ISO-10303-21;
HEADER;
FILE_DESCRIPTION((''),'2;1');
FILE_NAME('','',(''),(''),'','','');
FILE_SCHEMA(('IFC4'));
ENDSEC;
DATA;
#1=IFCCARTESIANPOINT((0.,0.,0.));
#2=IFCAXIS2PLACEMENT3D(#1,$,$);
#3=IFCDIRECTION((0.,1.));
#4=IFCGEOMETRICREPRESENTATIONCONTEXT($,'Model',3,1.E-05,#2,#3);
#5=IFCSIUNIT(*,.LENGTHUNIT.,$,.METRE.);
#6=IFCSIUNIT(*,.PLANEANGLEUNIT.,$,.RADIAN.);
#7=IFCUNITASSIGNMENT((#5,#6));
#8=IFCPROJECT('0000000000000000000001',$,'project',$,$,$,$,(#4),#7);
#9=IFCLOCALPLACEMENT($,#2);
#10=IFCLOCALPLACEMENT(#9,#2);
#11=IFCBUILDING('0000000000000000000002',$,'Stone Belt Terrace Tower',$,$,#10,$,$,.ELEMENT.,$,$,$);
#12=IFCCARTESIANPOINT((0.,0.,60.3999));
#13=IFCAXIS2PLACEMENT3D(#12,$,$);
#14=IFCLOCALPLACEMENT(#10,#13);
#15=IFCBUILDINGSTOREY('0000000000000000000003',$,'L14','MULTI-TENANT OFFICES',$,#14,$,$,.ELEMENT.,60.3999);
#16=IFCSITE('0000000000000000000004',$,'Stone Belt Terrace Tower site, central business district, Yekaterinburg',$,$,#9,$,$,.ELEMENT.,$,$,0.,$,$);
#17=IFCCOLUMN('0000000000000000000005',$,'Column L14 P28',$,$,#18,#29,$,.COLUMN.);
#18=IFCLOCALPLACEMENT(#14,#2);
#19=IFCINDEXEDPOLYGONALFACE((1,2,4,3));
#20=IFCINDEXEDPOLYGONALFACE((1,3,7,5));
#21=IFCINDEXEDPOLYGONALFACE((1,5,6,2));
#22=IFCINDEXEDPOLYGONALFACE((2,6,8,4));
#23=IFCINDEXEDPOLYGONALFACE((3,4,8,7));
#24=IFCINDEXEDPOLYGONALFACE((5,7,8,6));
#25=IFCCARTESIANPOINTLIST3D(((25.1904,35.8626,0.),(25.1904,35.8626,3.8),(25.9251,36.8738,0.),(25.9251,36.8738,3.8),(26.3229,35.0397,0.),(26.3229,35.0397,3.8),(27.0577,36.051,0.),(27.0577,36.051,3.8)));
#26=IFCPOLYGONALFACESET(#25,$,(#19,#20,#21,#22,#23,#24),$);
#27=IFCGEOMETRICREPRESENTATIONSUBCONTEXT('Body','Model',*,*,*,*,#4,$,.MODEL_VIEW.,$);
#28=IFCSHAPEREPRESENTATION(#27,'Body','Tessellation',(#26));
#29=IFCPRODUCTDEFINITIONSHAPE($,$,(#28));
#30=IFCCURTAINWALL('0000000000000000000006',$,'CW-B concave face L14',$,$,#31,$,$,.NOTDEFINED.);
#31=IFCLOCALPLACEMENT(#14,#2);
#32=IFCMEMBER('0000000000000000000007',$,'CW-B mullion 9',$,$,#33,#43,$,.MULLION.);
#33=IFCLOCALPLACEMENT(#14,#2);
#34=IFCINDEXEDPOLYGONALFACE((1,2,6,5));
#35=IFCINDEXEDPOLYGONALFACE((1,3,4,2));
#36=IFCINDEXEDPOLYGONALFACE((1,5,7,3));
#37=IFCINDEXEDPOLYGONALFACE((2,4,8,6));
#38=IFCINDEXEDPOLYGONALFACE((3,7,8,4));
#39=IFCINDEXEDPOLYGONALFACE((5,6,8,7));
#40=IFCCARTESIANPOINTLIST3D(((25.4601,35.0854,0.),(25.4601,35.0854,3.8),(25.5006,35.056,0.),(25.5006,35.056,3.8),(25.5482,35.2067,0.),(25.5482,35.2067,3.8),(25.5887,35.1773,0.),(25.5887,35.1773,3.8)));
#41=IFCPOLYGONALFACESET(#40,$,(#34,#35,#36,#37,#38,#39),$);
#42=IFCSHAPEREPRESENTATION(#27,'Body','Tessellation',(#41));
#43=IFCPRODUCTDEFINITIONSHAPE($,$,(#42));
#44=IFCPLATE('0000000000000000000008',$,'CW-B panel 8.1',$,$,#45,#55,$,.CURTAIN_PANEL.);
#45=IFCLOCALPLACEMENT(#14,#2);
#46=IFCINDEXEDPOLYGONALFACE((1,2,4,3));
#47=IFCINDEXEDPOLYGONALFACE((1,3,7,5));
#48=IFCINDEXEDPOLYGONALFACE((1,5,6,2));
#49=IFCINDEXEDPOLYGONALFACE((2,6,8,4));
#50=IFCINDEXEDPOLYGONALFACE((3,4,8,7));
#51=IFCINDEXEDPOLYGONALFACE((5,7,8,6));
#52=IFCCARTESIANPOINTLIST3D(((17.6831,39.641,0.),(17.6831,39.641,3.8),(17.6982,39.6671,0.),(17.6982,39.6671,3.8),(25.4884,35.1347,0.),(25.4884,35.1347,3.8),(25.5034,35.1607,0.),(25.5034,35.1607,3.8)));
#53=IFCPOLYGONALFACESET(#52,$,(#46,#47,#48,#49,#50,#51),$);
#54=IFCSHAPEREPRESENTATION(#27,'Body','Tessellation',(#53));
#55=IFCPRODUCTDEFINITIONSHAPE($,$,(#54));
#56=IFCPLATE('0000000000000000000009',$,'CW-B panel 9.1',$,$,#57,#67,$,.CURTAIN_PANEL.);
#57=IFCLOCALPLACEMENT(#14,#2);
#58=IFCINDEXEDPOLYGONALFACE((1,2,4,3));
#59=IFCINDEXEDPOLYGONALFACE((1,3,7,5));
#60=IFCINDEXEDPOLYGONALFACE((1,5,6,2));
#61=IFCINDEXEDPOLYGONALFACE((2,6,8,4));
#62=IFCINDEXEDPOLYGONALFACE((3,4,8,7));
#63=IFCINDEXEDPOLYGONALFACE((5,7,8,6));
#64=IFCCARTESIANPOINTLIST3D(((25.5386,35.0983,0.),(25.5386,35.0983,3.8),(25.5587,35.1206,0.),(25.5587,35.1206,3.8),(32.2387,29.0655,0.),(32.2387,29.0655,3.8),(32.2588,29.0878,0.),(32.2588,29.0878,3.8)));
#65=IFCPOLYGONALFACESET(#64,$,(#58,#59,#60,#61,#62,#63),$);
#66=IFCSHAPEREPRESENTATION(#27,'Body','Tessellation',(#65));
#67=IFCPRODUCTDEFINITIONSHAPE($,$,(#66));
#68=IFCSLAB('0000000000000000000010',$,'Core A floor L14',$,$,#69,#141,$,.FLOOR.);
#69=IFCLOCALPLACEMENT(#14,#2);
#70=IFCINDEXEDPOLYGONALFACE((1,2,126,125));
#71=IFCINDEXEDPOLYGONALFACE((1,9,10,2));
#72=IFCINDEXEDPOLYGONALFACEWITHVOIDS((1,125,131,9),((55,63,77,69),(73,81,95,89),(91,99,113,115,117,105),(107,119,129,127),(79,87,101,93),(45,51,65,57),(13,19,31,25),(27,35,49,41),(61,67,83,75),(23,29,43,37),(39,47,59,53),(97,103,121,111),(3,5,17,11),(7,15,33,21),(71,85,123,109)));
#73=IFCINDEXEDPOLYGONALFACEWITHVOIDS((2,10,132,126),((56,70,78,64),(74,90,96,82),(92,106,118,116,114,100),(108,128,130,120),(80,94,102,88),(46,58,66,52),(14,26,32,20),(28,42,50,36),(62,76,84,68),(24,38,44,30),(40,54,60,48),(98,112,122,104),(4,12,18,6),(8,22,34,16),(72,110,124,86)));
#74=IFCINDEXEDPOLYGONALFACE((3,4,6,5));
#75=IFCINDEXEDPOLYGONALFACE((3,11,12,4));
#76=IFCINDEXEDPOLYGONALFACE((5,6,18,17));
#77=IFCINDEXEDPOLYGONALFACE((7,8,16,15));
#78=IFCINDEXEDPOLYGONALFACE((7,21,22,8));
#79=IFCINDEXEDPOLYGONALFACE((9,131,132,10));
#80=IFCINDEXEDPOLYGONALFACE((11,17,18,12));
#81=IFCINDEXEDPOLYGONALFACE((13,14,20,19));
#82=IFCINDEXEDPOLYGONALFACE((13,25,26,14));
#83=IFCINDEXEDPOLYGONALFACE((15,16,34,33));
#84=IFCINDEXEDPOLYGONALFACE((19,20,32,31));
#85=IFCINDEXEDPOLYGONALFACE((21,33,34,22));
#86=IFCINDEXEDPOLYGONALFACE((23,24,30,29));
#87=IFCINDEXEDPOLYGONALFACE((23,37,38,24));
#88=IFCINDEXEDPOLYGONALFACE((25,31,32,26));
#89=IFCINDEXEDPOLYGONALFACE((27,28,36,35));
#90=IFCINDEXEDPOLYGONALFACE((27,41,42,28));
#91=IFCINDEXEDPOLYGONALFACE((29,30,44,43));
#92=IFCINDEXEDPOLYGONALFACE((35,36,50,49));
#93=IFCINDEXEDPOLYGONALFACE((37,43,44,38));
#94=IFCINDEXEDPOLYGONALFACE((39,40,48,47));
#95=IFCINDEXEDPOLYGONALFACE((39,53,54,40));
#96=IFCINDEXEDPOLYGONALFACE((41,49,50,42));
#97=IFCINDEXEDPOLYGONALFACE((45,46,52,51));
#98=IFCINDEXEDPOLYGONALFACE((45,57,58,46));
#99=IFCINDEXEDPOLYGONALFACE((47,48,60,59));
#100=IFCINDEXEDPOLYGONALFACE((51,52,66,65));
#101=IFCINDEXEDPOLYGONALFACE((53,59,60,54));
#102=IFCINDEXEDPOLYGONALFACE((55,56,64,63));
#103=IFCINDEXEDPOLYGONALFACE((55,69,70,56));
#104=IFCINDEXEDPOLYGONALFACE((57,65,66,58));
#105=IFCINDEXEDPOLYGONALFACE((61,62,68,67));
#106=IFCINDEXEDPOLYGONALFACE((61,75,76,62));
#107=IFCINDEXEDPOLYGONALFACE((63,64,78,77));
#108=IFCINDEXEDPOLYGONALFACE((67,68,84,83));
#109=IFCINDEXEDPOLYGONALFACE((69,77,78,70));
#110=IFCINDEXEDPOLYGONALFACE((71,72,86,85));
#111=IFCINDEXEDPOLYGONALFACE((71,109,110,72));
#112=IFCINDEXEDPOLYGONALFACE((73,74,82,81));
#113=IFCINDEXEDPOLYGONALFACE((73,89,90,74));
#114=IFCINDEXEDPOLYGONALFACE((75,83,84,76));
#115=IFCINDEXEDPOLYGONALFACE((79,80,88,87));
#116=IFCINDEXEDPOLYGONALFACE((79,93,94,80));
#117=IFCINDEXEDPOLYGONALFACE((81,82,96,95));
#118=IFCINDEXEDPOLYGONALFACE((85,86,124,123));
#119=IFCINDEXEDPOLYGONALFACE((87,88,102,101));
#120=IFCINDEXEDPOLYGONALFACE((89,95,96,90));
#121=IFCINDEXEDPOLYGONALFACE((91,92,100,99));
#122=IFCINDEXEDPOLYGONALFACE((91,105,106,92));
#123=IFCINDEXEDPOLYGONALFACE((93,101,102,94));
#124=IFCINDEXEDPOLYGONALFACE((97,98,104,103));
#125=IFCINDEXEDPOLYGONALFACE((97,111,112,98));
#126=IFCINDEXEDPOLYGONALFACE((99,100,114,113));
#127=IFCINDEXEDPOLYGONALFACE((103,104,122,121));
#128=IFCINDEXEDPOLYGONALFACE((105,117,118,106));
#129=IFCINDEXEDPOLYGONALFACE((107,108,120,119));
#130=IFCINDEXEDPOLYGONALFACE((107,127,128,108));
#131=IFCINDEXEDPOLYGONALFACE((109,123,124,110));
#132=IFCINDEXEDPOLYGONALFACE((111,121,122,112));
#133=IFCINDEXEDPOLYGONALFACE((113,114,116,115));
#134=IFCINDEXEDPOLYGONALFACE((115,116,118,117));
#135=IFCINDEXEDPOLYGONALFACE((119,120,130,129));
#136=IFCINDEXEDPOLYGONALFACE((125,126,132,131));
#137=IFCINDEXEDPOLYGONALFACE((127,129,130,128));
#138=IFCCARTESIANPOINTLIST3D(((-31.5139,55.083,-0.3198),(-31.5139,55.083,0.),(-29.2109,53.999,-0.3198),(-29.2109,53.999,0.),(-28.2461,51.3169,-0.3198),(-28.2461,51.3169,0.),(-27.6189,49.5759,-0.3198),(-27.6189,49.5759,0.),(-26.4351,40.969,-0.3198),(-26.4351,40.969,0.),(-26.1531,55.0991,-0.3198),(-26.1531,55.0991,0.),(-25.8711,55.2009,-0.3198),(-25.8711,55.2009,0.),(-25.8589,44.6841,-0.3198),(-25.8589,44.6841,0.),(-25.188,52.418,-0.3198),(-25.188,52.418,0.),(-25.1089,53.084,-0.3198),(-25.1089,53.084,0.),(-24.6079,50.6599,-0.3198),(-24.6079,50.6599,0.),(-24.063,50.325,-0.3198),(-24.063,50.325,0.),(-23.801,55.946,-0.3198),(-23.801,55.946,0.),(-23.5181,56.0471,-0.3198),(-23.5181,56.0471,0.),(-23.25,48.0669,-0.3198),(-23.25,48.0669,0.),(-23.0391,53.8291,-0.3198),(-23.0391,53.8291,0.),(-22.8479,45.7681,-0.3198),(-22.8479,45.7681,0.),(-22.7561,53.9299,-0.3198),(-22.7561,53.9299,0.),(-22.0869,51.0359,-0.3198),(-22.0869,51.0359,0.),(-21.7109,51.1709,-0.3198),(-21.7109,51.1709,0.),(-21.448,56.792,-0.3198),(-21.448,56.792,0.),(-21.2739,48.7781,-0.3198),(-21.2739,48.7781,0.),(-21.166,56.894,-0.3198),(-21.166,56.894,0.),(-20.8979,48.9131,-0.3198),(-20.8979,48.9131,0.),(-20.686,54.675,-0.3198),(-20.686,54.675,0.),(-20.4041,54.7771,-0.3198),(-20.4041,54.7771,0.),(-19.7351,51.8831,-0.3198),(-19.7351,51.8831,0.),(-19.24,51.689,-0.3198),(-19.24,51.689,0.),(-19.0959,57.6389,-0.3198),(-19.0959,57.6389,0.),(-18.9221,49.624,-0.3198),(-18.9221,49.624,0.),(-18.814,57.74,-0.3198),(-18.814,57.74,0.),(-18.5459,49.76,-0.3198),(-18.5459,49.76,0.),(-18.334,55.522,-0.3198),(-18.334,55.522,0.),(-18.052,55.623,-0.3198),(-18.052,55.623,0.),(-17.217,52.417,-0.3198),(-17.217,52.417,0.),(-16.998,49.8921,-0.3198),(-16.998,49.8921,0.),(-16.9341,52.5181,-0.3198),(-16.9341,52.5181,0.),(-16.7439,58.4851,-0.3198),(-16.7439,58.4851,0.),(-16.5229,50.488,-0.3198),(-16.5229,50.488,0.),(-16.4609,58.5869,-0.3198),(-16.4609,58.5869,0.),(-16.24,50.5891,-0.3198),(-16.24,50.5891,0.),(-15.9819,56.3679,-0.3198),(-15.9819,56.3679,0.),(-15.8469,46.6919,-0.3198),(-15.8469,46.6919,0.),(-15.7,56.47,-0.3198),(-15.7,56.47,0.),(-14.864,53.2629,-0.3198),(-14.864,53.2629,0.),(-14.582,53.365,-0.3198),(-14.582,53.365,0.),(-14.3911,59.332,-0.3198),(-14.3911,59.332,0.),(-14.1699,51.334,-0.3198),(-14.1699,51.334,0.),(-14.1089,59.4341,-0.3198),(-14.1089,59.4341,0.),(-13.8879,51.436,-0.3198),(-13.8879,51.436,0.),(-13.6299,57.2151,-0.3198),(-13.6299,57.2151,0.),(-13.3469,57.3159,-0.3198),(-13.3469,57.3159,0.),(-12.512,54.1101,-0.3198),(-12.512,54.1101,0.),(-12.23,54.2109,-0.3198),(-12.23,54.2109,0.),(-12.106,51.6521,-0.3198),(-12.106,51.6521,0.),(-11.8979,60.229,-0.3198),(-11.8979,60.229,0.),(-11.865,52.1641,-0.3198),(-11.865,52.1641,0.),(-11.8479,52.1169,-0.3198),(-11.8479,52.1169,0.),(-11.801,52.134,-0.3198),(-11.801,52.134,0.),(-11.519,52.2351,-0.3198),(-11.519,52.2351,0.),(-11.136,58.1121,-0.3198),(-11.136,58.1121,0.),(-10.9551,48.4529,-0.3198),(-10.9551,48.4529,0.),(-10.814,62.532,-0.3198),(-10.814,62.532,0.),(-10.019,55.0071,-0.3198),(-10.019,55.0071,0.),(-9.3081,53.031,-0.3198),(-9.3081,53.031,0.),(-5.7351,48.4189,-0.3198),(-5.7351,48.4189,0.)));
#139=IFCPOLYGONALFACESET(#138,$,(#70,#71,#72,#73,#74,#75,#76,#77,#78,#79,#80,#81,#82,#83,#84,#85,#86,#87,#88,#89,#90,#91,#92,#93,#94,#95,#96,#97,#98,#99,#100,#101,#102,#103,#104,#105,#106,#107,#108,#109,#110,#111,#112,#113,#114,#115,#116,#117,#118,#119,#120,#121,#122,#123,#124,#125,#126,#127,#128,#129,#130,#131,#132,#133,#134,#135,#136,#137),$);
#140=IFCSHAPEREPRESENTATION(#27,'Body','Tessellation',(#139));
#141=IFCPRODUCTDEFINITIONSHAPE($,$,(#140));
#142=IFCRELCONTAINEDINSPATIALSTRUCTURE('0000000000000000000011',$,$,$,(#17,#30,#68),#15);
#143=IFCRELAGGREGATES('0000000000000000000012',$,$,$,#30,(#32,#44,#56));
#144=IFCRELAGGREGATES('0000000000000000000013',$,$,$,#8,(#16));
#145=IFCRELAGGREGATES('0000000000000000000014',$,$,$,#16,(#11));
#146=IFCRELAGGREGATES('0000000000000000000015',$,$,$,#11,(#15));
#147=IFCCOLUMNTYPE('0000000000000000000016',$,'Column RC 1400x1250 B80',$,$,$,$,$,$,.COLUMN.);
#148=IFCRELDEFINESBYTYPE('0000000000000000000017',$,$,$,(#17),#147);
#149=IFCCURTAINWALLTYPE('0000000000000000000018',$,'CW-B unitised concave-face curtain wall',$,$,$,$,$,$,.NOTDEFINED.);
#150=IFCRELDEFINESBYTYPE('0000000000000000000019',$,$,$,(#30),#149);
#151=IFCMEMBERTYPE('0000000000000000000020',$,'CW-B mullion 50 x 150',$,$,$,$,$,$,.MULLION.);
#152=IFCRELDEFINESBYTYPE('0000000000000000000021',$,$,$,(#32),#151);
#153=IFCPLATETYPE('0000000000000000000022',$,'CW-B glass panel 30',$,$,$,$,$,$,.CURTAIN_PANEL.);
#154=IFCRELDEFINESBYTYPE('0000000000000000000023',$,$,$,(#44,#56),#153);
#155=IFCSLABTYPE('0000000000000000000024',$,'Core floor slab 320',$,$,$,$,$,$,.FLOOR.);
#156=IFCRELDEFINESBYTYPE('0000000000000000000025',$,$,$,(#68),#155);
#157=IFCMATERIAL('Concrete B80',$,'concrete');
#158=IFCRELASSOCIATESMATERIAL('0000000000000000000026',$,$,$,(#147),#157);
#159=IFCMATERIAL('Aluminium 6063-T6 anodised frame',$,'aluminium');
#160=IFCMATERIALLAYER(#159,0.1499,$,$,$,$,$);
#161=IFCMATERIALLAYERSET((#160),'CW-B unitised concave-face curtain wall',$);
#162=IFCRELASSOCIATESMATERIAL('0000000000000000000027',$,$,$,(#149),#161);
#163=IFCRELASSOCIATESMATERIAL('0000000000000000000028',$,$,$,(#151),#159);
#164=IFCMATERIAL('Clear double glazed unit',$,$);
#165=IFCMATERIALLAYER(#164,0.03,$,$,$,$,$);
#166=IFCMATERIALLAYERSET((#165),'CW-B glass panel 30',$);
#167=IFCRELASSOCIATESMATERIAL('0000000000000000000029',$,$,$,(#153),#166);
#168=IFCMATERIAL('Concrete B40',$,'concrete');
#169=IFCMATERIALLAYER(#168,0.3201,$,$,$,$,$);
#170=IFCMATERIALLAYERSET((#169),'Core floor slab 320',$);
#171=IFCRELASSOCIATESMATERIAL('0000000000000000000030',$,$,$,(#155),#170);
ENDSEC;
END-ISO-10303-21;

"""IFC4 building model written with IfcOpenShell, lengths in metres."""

from ifc_helpers import new_model, si_unit, direction, frame, origin, origin_2d, place, context, subcontext, project, spatial, polyline, rectangle, outline, extrude, material, layer, layer_set, material_profile, profile_set, type_object, element, aggregate, save


model = new_model("IFC4")

# Units and contexts
model_context = context("Model", 3, precision=1e-05, world=origin(), true_north=direction((0.0, 1.0)))
body_context = subcontext(model_context, "Body", "Model", "MODEL_VIEW")
ifc_project = project(units=[si_unit("LENGTHUNIT", "METRE"), si_unit("PLANEANGLEUNIT", "RADIAN")], contexts=[model_context])

# Site, building, storey
site_placement = place(None, origin())
site = spatial("IfcSite", under=ifc_project, at=site_placement, Name="Stone Belt Terrace Tower site, central business district, Yekaterinburg", CompositionType="ELEMENT", RefElevation=0.0)
building_placement = place(site_placement, origin())
building = spatial("IfcBuilding", under=site, at=building_placement, Name="Stone Belt Terrace Tower", CompositionType="ELEMENT")
storey_placement = place(building_placement, frame((0.0, 0.0, 60.3999)))
storey = spatial("IfcBuildingStorey", under=building, at=storey_placement, Name="L14", Description="MULTI-TENANT OFFICES", CompositionType="ELEMENT", Elevation=60.3999)

# Column
ifc_material_1 = material(Name="Concrete B80", Category="concrete")
ifc_material_profile_1 = material_profile(ifc_material_1, rectangle(XDim=1.3999, YDim=1.25, at=origin_2d()), Name="RC 1400x1250")
ifc_profile_set_1 = profile_set([ifc_material_profile_1], Name="Concrete B80")
column_type = type_object("IfcColumnType", Name="Column RC 1400x1250 B80", PredefinedType="COLUMN", material=ifc_profile_set_1)
column_placement = place(storey_placement, frame((26.124, 35.9568, 0.0), z_axis=(0.0, 0.0, 1.0), x_axis=(0.809017, -0.587785, 0.0)))
element("IfcColumn", 1, at=column_placement, inside=storey, type_object=column_type, Name="Column L14 P28", PredefinedType="COLUMN", context=body_context, shape_type="SweptSolid", body=[
    extrude(rectangle(XDim=1.3999, YDim=1.25, at=origin_2d()), origin(), (0.0, 0.0, 1.0), 3.8),
])

# Curtain wall, member, plates
ifc_material_2 = material(Name="Aluminium 6063-T6 anodised frame", Category="aluminium")
ifc_layer_1 = layer(ifc_material_2, 0.1499)
ifc_layer_set_1 = layer_set([ifc_layer_1], Name="CW-B unitised concave-face curtain wall")
curtain_wall_type = type_object("IfcCurtainWallType", Name="CW-B unitised concave-face curtain wall", PredefinedType="NOTDEFINED", material=ifc_layer_set_1)
curtain_wall_placement = place(storey_placement, origin())
curtain_wall = element("IfcCurtainWall", 2, at=curtain_wall_placement, inside=storey, type_object=curtain_wall_type, Name="CW-B concave face L14", PredefinedType="NOTDEFINED")
ifc_material_profile_2 = material_profile(ifc_material_2, rectangle(XDim=0.1499, YDim=0.05, at=origin_2d()), Name="Aluminium 6063-T6 50x150")
ifc_profile_set_2 = profile_set([ifc_material_profile_2], Name="Aluminium 6063-T6 anodised frame")
member_type = type_object("IfcMemberType", Name="CW-B mullion 50 x 150", PredefinedType="MULLION", material=ifc_profile_set_2)
member_placement = place(storey_placement, frame((25.5244, 35.1313, 0.0), z_axis=(0.0, 0.0, 1.0), x_axis=(0.587785, 0.809017, 0.0)))
member = element("IfcMember", 3, at=member_placement, type_object=member_type, Name="CW-B mullion 9", PredefinedType="MULLION", context=body_context, shape_type="SweptSolid", body=[
    extrude(rectangle(XDim=0.1499, YDim=0.05, at=origin_2d()), origin(), (0.0, 0.0, 1.0), 3.8),
])
ifc_material_3 = material(Name="Clear double glazed unit")
ifc_layer_2 = layer(ifc_material_3, 0.03)
ifc_layer_set_2 = layer_set([ifc_layer_2], Name="CW-B glass panel 30")
plate_type = type_object("IfcPlateType", Name="CW-B glass panel 30", PredefinedType="CURTAIN_PANEL", material=ifc_layer_set_2)
plate_1_placement = place(storey_placement, frame((21.5933, 37.4009, 0.0), z_axis=(0.0, 0.0, 1.0), x_axis=(0.866025, -0.5, 0.0)))
plate_1 = element("IfcPlate", 4, at=plate_1_placement, type_object=plate_type, Name="CW-B panel 8.1", PredefinedType="CURTAIN_PANEL", context=body_context, shape_type="SweptSolid", body=[
    extrude(rectangle(XDim=9.0127, YDim=0.03, at=origin_2d()), origin(), (0.0, 0.0, 1.0), 3.8),
])
plate_2_placement = place(storey_placement, frame((28.8987, 32.093, 0.0), z_axis=(0.0, 0.0, 1.0), x_axis=(0.743145, -0.669131, 0.0)))
plate_2 = element("IfcPlate", 5, at=plate_2_placement, type_object=plate_type, Name="CW-B panel 9.1", PredefinedType="CURTAIN_PANEL", context=body_context, shape_type="SweptSolid", body=[
    extrude(rectangle(XDim=9.0159, YDim=0.03, at=origin_2d()), origin(), (0.0, 0.0, 1.0), 3.8),
])
aggregate(curtain_wall, [member, plate_1, plate_2])

# Slab
ifc_material_4 = material(Name="Concrete B40", Category="concrete")
ifc_layer_3 = layer(ifc_material_4, 0.3201)
ifc_layer_set_3 = layer_set([ifc_layer_3], Name="Core floor slab 320")
slab_type_1 = type_object("IfcSlabType", Name="Core floor slab 320", PredefinedType="FLOOR", material=ifc_layer_set_3)
slab_1_placement = place(storey_placement, frame((0.0, 0.0, -0.3198)))
element("IfcSlab", 6, at=slab_1_placement, inside=storey, type_object=slab_type_1, Name="Core A floor L14", PredefinedType="FLOOR", context=body_context, shape_type="SweptSolid", body=[
    extrude(outline(polyline([(-26.4351, 40.969), (-5.7351, 48.4189), (-10.814, 62.532), (-31.5139, 55.083), (-26.4351, 40.969)]), holes=[polyline([(-24.6079, 50.6599), (-22.8479, 45.7681), (-25.8589, 44.6841), (-27.6189, 49.5759), (-24.6079, 50.6599)]), polyline([(-21.2739, 48.7781), (-23.25, 48.0669), (-24.063, 50.325), (-22.0869, 51.0359), (-21.2739, 48.7781)]), polyline([(-18.9221, 49.624), (-20.8979, 48.9131), (-21.7109, 51.1709), (-19.7351, 51.8831), (-18.9221, 49.624)]), polyline([(-19.24, 51.689), (-17.217, 52.417), (-16.5229, 50.488), (-18.5459, 49.76), (-19.24, 51.689)]), polyline([(-29.2109, 53.999), (-26.1531, 55.0991), (-25.188, 52.418), (-28.2461, 51.3169), (-29.2109, 53.999)]), polyline([(-23.801, 55.946), (-23.0391, 53.8291), (-25.1089, 53.084), (-25.8711, 55.2009), (-23.801, 55.946)]), polyline([(-21.448, 56.792), (-20.686, 54.675), (-22.7561, 53.9299), (-23.5181, 56.0471), (-21.448, 56.792)]), polyline([(-19.0959, 57.6389), (-18.334, 55.522), (-20.4041, 54.7771), (-21.166, 56.894), (-19.0959, 57.6389)]), polyline([(-15.8469, 46.6919), (-16.998, 49.8921), (-12.106, 51.6521), (-10.9551, 48.4529), (-15.8469, 46.6919)]), polyline([(-16.24, 50.5891), (-16.9341, 52.5181), (-14.864, 53.2629), (-14.1699, 51.334), (-16.24, 50.5891)]), polyline([(-11.801, 52.134), (-11.8479, 52.1169), (-11.865, 52.1641), (-13.8879, 51.436), (-14.582, 53.365), (-12.512, 54.1101), (-11.801, 52.134)]), polyline([(-9.3081, 53.031), (-11.519, 52.2351), (-12.23, 54.2109), (-10.019, 55.0071), (-9.3081, 53.031)]), polyline([(-16.7439, 58.4851), (-15.9819, 56.3679), (-18.052, 55.623), (-18.814, 57.74), (-16.7439, 58.4851)]), polyline([(-14.3911, 59.332), (-13.6299, 57.2151), (-15.7, 56.47), (-16.4609, 58.5869), (-14.3911, 59.332)]), polyline([(-11.8979, 60.229), (-11.136, 58.1121), (-13.3469, 57.3159), (-14.1089, 59.4341), (-11.8979, 60.229)])]), origin(), (0.0, 0.0, 1.0), 0.3198),
])

save(model, "model.ifc")
